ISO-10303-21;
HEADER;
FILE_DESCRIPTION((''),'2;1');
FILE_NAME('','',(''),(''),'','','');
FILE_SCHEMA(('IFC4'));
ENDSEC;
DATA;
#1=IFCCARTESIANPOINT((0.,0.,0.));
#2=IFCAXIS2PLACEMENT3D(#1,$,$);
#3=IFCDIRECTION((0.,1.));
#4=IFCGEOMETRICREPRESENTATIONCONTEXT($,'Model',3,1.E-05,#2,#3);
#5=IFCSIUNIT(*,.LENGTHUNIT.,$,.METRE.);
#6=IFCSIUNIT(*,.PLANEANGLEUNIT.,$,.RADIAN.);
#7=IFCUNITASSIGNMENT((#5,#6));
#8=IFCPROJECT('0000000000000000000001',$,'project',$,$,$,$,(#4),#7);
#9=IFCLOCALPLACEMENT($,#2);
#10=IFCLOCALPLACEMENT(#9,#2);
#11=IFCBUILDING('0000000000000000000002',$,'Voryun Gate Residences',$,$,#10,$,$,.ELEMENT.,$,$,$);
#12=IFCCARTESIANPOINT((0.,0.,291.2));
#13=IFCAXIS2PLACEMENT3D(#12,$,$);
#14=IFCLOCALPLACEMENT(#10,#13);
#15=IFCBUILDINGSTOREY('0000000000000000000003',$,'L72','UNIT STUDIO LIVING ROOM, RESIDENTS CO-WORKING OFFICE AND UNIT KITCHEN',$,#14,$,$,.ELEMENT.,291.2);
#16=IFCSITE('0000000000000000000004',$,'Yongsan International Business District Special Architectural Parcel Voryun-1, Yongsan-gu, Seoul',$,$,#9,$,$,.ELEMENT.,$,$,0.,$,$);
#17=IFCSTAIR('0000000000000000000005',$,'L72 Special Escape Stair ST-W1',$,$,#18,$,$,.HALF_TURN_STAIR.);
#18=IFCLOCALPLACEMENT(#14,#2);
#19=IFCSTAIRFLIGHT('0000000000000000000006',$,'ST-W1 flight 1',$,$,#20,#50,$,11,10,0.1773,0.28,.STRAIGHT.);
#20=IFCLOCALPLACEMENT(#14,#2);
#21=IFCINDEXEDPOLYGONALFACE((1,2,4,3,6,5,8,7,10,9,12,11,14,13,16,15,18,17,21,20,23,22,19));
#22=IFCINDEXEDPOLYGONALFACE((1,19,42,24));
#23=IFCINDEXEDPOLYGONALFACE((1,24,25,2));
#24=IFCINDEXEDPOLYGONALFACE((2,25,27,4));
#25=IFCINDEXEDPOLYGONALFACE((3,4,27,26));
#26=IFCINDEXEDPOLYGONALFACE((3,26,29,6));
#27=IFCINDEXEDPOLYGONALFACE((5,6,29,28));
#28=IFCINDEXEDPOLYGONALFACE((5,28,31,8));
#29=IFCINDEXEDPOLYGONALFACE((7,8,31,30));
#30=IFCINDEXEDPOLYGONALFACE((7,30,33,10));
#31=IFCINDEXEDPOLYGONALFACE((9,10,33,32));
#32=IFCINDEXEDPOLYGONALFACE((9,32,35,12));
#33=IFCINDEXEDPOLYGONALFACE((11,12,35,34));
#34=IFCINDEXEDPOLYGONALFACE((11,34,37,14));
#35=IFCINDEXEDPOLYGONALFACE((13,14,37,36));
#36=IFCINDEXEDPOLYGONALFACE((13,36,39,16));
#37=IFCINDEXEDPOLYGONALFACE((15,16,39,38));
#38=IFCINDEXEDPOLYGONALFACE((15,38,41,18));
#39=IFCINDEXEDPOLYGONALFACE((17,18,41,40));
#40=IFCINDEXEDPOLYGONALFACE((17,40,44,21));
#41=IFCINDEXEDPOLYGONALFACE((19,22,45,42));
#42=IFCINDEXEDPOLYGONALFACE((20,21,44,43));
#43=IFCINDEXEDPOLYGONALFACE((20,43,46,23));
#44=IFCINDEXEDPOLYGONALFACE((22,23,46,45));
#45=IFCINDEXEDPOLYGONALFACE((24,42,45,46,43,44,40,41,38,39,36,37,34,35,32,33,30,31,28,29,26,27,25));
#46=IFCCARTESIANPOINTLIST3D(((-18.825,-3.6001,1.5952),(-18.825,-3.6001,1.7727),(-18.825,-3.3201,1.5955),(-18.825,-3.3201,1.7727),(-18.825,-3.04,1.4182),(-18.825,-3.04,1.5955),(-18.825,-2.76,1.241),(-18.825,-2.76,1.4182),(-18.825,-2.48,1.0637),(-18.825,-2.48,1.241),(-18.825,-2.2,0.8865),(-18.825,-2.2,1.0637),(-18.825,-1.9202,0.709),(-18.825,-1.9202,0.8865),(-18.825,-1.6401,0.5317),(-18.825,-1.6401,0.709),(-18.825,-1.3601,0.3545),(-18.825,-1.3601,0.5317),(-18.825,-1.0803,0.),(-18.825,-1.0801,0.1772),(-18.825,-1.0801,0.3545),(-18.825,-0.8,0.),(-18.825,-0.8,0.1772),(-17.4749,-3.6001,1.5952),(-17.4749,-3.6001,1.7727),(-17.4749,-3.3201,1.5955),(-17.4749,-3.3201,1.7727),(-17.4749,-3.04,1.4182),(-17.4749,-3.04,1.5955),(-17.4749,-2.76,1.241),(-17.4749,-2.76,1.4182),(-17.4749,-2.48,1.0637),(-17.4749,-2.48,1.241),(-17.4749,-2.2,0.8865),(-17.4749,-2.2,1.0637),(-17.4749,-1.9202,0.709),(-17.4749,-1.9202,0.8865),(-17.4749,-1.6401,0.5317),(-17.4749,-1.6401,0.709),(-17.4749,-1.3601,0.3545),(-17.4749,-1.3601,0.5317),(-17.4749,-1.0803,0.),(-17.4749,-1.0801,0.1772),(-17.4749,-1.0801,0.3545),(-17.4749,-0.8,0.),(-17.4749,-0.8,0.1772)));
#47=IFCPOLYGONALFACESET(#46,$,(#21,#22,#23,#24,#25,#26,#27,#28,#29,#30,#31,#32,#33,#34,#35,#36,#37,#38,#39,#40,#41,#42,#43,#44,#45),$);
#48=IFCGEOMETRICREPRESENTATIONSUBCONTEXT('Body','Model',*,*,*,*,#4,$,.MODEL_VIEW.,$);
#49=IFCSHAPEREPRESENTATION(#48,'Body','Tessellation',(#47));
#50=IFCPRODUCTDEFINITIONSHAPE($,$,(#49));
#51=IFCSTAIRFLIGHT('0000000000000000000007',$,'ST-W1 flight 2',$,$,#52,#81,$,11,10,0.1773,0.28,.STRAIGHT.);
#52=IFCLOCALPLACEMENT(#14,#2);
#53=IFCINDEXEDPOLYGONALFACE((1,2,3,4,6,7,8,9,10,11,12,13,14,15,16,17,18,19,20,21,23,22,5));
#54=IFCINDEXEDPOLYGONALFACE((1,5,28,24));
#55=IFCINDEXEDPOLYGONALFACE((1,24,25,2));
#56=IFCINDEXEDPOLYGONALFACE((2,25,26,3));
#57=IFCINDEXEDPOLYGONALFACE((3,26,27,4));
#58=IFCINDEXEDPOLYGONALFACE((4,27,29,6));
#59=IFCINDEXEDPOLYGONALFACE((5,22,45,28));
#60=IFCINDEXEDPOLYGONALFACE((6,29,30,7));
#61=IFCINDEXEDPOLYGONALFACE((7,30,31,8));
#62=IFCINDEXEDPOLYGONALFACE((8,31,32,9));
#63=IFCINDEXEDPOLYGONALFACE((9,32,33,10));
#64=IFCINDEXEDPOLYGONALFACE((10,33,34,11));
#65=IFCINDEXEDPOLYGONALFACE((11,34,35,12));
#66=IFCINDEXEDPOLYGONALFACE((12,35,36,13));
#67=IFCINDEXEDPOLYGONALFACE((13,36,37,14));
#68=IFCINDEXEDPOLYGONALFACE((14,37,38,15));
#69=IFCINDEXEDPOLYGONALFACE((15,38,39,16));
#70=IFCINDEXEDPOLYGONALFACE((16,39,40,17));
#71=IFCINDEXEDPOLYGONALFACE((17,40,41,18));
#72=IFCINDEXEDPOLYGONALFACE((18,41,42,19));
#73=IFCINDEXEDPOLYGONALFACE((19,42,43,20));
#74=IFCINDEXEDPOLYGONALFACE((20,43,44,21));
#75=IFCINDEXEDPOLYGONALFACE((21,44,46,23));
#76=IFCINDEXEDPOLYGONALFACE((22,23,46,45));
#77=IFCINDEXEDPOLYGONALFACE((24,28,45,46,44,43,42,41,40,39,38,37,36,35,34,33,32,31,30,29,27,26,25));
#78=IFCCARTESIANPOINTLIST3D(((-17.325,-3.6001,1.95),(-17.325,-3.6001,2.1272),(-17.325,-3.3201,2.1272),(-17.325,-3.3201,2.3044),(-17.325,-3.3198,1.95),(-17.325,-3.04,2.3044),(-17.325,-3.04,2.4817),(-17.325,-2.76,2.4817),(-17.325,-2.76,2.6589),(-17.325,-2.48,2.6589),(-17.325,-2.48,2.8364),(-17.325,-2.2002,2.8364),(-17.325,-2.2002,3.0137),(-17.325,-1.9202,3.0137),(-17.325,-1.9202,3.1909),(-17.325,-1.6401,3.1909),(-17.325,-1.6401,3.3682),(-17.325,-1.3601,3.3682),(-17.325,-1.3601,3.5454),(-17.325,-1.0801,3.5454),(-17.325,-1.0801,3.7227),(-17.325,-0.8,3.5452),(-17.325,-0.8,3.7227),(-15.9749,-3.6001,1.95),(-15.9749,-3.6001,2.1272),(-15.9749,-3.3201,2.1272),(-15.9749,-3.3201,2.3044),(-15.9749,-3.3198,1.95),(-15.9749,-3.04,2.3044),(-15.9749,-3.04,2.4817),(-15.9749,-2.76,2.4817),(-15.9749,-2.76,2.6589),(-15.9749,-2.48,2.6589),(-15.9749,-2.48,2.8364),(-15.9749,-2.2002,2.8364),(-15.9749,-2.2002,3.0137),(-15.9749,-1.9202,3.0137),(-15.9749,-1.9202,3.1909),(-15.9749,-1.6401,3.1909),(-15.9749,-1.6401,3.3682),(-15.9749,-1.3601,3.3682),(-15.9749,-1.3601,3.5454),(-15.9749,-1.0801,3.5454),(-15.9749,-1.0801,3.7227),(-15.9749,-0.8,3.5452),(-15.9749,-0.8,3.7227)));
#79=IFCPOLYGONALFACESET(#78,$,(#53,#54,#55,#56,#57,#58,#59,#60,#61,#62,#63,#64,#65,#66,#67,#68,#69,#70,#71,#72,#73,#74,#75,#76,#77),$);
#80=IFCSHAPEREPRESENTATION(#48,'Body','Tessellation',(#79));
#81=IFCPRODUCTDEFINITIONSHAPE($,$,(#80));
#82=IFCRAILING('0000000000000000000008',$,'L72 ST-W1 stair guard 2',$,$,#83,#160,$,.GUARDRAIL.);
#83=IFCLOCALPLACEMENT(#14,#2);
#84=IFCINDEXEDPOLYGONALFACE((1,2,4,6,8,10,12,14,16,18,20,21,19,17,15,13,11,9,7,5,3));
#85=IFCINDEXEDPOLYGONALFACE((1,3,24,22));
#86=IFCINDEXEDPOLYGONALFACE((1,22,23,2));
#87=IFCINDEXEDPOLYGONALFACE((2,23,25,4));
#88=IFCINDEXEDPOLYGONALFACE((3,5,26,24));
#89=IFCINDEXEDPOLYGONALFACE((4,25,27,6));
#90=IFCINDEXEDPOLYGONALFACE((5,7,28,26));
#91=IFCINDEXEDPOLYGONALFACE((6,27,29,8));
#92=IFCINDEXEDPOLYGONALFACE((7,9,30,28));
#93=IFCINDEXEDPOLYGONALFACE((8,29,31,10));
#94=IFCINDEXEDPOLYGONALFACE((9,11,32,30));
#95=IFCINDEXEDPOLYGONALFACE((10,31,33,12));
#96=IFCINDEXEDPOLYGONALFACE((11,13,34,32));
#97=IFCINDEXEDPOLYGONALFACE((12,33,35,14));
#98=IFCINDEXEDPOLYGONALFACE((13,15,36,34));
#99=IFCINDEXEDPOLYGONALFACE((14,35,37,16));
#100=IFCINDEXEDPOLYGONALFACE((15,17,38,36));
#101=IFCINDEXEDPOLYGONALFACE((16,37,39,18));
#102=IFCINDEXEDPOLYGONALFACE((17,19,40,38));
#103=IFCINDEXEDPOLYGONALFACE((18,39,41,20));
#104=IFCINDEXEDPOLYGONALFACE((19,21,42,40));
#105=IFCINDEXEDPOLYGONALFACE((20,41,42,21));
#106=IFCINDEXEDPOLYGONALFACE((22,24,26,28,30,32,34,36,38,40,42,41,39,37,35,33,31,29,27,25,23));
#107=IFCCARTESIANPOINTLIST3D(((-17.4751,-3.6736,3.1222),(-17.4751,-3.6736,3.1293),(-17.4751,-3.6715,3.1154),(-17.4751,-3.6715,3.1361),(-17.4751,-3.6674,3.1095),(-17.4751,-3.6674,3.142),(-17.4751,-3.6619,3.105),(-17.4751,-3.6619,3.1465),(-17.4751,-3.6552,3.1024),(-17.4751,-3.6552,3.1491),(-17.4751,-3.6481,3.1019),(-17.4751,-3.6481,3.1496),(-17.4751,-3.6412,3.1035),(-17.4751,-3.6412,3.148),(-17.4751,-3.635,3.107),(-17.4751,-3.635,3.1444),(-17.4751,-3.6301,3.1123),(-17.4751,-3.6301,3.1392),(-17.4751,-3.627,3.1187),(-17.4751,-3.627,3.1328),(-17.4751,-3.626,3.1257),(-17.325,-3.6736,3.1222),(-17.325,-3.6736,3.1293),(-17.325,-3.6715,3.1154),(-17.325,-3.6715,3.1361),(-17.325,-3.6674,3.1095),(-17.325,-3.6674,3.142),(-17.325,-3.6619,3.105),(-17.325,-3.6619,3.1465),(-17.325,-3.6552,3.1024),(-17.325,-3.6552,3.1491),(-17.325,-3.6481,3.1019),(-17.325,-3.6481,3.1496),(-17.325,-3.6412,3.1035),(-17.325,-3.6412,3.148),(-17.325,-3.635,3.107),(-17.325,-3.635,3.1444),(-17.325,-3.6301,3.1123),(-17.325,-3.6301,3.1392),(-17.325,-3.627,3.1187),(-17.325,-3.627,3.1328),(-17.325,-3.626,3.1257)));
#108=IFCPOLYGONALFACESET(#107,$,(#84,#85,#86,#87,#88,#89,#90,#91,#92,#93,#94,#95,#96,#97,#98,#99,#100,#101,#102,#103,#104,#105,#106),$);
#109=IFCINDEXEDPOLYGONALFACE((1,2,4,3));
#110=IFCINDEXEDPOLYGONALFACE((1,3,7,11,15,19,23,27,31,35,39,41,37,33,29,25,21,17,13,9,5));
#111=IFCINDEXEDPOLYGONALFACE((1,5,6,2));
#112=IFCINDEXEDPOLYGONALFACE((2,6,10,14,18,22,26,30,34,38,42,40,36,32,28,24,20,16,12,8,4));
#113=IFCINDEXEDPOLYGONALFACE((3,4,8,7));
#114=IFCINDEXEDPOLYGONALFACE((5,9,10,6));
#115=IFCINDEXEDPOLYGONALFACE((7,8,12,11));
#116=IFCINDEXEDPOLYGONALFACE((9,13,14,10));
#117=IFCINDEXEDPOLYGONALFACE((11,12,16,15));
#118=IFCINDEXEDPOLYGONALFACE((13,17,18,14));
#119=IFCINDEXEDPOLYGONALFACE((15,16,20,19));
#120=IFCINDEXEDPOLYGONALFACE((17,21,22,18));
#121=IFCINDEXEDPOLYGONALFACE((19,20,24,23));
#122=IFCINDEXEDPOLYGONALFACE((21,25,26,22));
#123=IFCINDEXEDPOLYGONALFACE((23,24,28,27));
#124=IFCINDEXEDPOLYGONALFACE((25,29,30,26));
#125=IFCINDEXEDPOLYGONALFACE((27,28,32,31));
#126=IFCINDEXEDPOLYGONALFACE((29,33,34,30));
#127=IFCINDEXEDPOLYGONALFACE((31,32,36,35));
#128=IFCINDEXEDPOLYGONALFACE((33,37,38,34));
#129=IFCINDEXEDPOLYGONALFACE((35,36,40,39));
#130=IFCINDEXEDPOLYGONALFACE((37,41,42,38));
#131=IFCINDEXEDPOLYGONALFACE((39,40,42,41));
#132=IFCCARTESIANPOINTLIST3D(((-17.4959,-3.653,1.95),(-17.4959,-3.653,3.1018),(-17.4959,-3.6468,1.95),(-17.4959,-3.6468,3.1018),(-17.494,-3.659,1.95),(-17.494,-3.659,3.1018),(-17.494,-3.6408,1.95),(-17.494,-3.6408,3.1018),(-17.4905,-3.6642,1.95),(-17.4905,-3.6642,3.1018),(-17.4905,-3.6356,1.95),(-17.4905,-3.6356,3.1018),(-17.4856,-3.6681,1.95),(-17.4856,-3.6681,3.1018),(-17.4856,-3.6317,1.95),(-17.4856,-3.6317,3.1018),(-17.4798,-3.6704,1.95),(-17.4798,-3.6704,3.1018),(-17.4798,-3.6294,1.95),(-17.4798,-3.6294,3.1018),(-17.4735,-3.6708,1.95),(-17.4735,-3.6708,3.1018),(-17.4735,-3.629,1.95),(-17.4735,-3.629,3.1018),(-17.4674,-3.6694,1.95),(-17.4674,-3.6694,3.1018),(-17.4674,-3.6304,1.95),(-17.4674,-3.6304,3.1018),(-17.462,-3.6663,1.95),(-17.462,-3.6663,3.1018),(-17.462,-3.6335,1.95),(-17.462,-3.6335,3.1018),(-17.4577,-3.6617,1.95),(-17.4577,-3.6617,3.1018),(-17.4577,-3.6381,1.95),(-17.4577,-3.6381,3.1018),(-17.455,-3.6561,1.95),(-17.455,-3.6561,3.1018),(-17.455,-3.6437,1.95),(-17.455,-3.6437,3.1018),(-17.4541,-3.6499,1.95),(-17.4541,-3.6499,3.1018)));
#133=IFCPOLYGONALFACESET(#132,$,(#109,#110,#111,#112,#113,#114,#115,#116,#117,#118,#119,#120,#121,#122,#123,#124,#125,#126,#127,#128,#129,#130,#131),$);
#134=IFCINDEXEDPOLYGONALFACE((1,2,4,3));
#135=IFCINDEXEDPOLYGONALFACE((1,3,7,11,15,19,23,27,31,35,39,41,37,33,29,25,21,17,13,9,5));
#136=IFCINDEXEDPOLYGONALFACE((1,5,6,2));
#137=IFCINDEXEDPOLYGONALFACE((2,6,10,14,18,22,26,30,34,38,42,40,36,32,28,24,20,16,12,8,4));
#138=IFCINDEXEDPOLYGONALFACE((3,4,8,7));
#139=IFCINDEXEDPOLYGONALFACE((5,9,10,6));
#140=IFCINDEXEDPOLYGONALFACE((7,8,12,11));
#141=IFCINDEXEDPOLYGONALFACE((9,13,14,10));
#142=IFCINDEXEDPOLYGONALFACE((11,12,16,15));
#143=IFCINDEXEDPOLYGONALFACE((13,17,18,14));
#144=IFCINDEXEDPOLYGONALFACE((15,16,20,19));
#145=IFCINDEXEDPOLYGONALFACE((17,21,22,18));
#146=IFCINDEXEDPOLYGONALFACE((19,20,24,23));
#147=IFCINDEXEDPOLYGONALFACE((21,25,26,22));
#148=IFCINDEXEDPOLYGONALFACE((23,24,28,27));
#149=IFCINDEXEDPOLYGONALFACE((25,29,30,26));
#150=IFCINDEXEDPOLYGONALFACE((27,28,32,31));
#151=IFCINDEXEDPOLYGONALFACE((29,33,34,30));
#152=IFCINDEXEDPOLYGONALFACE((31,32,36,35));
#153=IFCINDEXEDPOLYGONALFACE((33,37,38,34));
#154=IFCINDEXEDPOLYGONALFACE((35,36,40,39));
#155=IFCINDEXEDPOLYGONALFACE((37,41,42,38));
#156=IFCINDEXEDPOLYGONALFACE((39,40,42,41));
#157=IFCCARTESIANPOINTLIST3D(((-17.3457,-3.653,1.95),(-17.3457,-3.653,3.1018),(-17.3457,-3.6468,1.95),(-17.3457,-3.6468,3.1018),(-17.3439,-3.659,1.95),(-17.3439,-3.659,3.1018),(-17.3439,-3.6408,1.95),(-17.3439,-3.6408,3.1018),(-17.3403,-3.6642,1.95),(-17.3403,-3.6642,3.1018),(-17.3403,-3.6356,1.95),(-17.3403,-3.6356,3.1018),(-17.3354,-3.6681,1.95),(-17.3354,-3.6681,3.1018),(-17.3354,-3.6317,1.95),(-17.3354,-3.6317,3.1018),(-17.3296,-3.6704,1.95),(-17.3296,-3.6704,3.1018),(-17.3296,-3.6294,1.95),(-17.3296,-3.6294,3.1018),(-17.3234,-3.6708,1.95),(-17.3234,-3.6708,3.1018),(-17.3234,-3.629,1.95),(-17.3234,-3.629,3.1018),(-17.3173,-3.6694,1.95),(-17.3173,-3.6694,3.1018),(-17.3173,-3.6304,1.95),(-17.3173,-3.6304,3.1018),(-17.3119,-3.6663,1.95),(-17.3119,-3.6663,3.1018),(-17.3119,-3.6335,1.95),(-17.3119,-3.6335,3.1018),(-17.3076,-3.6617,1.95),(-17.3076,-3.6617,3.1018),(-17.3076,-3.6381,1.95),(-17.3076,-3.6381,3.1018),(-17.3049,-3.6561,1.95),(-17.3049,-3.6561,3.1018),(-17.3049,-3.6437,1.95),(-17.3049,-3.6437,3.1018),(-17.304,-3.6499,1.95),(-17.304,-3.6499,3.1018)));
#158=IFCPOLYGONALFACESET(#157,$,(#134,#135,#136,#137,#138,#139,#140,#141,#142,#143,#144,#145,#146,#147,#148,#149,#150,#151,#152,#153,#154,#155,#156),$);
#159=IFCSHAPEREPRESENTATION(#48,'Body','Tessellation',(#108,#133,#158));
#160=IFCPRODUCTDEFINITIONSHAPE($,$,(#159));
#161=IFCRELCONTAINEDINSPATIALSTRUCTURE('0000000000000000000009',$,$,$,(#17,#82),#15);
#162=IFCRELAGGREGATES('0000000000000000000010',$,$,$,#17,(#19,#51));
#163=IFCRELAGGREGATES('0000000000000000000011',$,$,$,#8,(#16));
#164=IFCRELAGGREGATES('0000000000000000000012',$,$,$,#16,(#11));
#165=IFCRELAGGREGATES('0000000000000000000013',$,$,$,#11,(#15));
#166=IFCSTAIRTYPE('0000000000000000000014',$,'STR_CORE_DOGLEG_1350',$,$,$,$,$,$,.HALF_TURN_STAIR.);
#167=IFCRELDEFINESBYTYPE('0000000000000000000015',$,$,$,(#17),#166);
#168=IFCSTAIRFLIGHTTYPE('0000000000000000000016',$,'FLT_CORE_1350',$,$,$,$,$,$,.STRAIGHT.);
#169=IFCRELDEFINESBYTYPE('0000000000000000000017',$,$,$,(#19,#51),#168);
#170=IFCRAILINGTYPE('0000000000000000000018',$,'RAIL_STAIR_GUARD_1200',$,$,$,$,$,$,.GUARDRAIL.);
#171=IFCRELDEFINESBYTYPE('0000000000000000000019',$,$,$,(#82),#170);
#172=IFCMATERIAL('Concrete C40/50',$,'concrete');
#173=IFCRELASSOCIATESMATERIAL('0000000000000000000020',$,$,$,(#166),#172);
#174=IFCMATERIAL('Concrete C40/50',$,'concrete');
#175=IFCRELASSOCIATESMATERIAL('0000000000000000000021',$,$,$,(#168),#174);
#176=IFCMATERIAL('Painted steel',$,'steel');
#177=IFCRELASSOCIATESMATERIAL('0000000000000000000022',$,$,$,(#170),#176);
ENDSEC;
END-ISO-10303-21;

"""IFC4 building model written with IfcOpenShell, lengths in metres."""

from ifc_helpers import new_model, si_unit, direction, frame, origin, origin_2d, place, context, subcontext, project, spatial, polyline, circle, outline, extrude, material, type_object, element, aggregate, save


model = new_model("IFC4")

# Units and contexts
model_context = context("Model", 3, precision=1e-05, world=origin(), true_north=direction((0.0, 1.0)))
body_context = subcontext(model_context, "Body", "Model", "MODEL_VIEW")
ifc_project = project(units=[si_unit("LENGTHUNIT", "METRE"), si_unit("PLANEANGLEUNIT", "RADIAN")], contexts=[model_context])

# Site, building, storey
site_placement = place(None, origin())
site = spatial("IfcSite", under=ifc_project, at=site_placement, Name="Yongsan International Business District Special Architectural Parcel Voryun-1, Yongsan-gu, Seoul", CompositionType="ELEMENT", RefElevation=0.0)
building_placement = place(site_placement, origin())
building = spatial("IfcBuilding", under=site, at=building_placement, Name="Voryun Gate Residences", CompositionType="ELEMENT")
storey_placement = place(building_placement, frame((0.0, 0.0, 291.2)))
storey = spatial("IfcBuildingStorey", under=building, at=storey_placement, Name="L72", Description="UNIT STUDIO LIVING ROOM, RESIDENTS CO-WORKING OFFICE AND UNIT KITCHEN", CompositionType="ELEMENT", Elevation=291.2)

# Stair, stair flights
ifc_material_1 = material(Name="Concrete C40/50", Category="concrete")
stair_type = type_object("IfcStairType", Name="STR_CORE_DOGLEG_1350", PredefinedType="HALF_TURN_STAIR", material=ifc_material_1)
stair_placement = place(storey_placement, origin())
stair = element("IfcStair", 1, at=stair_placement, inside=storey, type_object=stair_type, Name="L72 Special Escape Stair ST-W1", PredefinedType="HALF_TURN_STAIR")
ifc_material_2 = material(Name="Concrete C40/50", Category="concrete")
stair_flight_type = type_object("IfcStairFlightType", Name="FLT_CORE_1350", PredefinedType="STRAIGHT", material=ifc_material_2)
stair_flight_1_placement = place(storey_placement, frame((-18.1499, -0.8, 0.0), z_axis=(0.0, 0.0, 1.0), x_axis=(0.0, -1.0, 0.0)))
stair_flight_1 = element("IfcStairFlight", 2, at=stair_flight_1_placement, type_object=stair_flight_type, Name="ST-W1 flight 1", NumberOfRisers=11, NumberOfTreads=10, PredefinedType="STRAIGHT", RiserHeight=0.1773, TreadLength=0.28, context=body_context, shape_type="SweptSolid", body=[
    extrude(outline(polyline([(0.0, 0.0), (0.0, 0.1772), (0.28, 0.1772), (0.28, 0.3545), (0.5601, 0.3545), (0.5601, 0.5317), (0.8401, 0.5317), (0.8401, 0.709), (1.1201, 0.709), (1.1201, 0.8865), (1.3999, 0.8865), (1.3999, 1.0637), (1.6799, 1.0637), (1.6799, 1.241), (1.96, 1.241), (1.96, 1.4182), (2.24, 1.4182), (2.24, 1.5955), (2.52, 1.5955), (2.52, 1.7727), (2.8, 1.7727), (2.8, 1.95), (2.8, 1.5952), (0.2803, 0.0), (0.0, 0.0)])), frame((0.0, 0.675, 0.0), z_axis=(0.0, -1.0, 0.0), x_axis=(1.0, 0.0, 0.0)), (0.0, 0.0, 1.0), 1.3501),
])
stair_flight_2_placement = place(storey_placement, frame((-16.6499, -3.6001, 1.95), z_axis=(0.0, 0.0, 1.0), x_axis=(0.0, 1.0, 0.0)))
stair_flight_2 = element("IfcStairFlight", 3, at=stair_flight_2_placement, type_object=stair_flight_type, Name="ST-W1 flight 2", NumberOfRisers=11, NumberOfTreads=10, PredefinedType="STRAIGHT", RiserHeight=0.1773, TreadLength=0.28, context=body_context, shape_type="SweptSolid", body=[
    extrude(outline(polyline([(0.0, 0.0), (0.0, 0.1772), (0.28, 0.1772), (0.28, 0.3545), (0.5601, 0.3545), (0.5601, 0.5317), (0.8401, 0.5317), (0.8401, 0.709), (1.1201, 0.709), (1.1201, 0.8865), (1.3999, 0.8865), (1.3999, 1.0637), (1.6799, 1.0637), (1.6799, 1.241), (1.96, 1.241), (1.96, 1.4182), (2.24, 1.4182), (2.24, 1.5955), (2.52, 1.5955), (2.52, 1.7727), (2.8, 1.7727), (2.8, 1.95), (2.8, 1.5952), (0.2803, 0.0), (0.0, 0.0)])), frame((0.0, 0.675, 0.0), z_axis=(0.0, -1.0, 0.0), x_axis=(1.0, 0.0, 0.0)), (0.0, 0.0, 1.0), 1.3501),
])
aggregate(stair, [stair_flight_1, stair_flight_2])

# Railing
ifc_material_3 = material(Name="Painted steel", Category="steel")
railing_type_1 = type_object("IfcRailingType", Name="RAIL_STAIR_GUARD_1200", PredefinedType="GUARDRAIL", material=ifc_material_3)
railing_1_placement = place(storey_placement, frame((-17.4751, -3.6499, 1.95)))
element("IfcRailing", 4, at=railing_1_placement, inside=storey, type_object=railing_type_1, Name="L72 ST-W1 stair guard 2", PredefinedType="GUARDRAIL", context=body_context, shape_type="SweptSolid", body=[
    extrude(circle(Radius=0.0239, at=origin_2d()), frame((0.0, 0.0, 1.1758), z_axis=(1.0, 0.0, 0.0), x_axis=(0.0, 1.0, 0.0)), (0.0, 0.0, 1.0), 0.1501),
    extrude(circle(Radius=0.021, at=origin_2d()), origin(), (0.0, 0.0, 1.0), 1.1519),
    extrude(circle(Radius=0.021, at=origin_2d()), frame((0.1501, 0.0, 0.0)), (0.0, 0.0, 1.0), 1.1519),
])

save(model, "model.ifc")
